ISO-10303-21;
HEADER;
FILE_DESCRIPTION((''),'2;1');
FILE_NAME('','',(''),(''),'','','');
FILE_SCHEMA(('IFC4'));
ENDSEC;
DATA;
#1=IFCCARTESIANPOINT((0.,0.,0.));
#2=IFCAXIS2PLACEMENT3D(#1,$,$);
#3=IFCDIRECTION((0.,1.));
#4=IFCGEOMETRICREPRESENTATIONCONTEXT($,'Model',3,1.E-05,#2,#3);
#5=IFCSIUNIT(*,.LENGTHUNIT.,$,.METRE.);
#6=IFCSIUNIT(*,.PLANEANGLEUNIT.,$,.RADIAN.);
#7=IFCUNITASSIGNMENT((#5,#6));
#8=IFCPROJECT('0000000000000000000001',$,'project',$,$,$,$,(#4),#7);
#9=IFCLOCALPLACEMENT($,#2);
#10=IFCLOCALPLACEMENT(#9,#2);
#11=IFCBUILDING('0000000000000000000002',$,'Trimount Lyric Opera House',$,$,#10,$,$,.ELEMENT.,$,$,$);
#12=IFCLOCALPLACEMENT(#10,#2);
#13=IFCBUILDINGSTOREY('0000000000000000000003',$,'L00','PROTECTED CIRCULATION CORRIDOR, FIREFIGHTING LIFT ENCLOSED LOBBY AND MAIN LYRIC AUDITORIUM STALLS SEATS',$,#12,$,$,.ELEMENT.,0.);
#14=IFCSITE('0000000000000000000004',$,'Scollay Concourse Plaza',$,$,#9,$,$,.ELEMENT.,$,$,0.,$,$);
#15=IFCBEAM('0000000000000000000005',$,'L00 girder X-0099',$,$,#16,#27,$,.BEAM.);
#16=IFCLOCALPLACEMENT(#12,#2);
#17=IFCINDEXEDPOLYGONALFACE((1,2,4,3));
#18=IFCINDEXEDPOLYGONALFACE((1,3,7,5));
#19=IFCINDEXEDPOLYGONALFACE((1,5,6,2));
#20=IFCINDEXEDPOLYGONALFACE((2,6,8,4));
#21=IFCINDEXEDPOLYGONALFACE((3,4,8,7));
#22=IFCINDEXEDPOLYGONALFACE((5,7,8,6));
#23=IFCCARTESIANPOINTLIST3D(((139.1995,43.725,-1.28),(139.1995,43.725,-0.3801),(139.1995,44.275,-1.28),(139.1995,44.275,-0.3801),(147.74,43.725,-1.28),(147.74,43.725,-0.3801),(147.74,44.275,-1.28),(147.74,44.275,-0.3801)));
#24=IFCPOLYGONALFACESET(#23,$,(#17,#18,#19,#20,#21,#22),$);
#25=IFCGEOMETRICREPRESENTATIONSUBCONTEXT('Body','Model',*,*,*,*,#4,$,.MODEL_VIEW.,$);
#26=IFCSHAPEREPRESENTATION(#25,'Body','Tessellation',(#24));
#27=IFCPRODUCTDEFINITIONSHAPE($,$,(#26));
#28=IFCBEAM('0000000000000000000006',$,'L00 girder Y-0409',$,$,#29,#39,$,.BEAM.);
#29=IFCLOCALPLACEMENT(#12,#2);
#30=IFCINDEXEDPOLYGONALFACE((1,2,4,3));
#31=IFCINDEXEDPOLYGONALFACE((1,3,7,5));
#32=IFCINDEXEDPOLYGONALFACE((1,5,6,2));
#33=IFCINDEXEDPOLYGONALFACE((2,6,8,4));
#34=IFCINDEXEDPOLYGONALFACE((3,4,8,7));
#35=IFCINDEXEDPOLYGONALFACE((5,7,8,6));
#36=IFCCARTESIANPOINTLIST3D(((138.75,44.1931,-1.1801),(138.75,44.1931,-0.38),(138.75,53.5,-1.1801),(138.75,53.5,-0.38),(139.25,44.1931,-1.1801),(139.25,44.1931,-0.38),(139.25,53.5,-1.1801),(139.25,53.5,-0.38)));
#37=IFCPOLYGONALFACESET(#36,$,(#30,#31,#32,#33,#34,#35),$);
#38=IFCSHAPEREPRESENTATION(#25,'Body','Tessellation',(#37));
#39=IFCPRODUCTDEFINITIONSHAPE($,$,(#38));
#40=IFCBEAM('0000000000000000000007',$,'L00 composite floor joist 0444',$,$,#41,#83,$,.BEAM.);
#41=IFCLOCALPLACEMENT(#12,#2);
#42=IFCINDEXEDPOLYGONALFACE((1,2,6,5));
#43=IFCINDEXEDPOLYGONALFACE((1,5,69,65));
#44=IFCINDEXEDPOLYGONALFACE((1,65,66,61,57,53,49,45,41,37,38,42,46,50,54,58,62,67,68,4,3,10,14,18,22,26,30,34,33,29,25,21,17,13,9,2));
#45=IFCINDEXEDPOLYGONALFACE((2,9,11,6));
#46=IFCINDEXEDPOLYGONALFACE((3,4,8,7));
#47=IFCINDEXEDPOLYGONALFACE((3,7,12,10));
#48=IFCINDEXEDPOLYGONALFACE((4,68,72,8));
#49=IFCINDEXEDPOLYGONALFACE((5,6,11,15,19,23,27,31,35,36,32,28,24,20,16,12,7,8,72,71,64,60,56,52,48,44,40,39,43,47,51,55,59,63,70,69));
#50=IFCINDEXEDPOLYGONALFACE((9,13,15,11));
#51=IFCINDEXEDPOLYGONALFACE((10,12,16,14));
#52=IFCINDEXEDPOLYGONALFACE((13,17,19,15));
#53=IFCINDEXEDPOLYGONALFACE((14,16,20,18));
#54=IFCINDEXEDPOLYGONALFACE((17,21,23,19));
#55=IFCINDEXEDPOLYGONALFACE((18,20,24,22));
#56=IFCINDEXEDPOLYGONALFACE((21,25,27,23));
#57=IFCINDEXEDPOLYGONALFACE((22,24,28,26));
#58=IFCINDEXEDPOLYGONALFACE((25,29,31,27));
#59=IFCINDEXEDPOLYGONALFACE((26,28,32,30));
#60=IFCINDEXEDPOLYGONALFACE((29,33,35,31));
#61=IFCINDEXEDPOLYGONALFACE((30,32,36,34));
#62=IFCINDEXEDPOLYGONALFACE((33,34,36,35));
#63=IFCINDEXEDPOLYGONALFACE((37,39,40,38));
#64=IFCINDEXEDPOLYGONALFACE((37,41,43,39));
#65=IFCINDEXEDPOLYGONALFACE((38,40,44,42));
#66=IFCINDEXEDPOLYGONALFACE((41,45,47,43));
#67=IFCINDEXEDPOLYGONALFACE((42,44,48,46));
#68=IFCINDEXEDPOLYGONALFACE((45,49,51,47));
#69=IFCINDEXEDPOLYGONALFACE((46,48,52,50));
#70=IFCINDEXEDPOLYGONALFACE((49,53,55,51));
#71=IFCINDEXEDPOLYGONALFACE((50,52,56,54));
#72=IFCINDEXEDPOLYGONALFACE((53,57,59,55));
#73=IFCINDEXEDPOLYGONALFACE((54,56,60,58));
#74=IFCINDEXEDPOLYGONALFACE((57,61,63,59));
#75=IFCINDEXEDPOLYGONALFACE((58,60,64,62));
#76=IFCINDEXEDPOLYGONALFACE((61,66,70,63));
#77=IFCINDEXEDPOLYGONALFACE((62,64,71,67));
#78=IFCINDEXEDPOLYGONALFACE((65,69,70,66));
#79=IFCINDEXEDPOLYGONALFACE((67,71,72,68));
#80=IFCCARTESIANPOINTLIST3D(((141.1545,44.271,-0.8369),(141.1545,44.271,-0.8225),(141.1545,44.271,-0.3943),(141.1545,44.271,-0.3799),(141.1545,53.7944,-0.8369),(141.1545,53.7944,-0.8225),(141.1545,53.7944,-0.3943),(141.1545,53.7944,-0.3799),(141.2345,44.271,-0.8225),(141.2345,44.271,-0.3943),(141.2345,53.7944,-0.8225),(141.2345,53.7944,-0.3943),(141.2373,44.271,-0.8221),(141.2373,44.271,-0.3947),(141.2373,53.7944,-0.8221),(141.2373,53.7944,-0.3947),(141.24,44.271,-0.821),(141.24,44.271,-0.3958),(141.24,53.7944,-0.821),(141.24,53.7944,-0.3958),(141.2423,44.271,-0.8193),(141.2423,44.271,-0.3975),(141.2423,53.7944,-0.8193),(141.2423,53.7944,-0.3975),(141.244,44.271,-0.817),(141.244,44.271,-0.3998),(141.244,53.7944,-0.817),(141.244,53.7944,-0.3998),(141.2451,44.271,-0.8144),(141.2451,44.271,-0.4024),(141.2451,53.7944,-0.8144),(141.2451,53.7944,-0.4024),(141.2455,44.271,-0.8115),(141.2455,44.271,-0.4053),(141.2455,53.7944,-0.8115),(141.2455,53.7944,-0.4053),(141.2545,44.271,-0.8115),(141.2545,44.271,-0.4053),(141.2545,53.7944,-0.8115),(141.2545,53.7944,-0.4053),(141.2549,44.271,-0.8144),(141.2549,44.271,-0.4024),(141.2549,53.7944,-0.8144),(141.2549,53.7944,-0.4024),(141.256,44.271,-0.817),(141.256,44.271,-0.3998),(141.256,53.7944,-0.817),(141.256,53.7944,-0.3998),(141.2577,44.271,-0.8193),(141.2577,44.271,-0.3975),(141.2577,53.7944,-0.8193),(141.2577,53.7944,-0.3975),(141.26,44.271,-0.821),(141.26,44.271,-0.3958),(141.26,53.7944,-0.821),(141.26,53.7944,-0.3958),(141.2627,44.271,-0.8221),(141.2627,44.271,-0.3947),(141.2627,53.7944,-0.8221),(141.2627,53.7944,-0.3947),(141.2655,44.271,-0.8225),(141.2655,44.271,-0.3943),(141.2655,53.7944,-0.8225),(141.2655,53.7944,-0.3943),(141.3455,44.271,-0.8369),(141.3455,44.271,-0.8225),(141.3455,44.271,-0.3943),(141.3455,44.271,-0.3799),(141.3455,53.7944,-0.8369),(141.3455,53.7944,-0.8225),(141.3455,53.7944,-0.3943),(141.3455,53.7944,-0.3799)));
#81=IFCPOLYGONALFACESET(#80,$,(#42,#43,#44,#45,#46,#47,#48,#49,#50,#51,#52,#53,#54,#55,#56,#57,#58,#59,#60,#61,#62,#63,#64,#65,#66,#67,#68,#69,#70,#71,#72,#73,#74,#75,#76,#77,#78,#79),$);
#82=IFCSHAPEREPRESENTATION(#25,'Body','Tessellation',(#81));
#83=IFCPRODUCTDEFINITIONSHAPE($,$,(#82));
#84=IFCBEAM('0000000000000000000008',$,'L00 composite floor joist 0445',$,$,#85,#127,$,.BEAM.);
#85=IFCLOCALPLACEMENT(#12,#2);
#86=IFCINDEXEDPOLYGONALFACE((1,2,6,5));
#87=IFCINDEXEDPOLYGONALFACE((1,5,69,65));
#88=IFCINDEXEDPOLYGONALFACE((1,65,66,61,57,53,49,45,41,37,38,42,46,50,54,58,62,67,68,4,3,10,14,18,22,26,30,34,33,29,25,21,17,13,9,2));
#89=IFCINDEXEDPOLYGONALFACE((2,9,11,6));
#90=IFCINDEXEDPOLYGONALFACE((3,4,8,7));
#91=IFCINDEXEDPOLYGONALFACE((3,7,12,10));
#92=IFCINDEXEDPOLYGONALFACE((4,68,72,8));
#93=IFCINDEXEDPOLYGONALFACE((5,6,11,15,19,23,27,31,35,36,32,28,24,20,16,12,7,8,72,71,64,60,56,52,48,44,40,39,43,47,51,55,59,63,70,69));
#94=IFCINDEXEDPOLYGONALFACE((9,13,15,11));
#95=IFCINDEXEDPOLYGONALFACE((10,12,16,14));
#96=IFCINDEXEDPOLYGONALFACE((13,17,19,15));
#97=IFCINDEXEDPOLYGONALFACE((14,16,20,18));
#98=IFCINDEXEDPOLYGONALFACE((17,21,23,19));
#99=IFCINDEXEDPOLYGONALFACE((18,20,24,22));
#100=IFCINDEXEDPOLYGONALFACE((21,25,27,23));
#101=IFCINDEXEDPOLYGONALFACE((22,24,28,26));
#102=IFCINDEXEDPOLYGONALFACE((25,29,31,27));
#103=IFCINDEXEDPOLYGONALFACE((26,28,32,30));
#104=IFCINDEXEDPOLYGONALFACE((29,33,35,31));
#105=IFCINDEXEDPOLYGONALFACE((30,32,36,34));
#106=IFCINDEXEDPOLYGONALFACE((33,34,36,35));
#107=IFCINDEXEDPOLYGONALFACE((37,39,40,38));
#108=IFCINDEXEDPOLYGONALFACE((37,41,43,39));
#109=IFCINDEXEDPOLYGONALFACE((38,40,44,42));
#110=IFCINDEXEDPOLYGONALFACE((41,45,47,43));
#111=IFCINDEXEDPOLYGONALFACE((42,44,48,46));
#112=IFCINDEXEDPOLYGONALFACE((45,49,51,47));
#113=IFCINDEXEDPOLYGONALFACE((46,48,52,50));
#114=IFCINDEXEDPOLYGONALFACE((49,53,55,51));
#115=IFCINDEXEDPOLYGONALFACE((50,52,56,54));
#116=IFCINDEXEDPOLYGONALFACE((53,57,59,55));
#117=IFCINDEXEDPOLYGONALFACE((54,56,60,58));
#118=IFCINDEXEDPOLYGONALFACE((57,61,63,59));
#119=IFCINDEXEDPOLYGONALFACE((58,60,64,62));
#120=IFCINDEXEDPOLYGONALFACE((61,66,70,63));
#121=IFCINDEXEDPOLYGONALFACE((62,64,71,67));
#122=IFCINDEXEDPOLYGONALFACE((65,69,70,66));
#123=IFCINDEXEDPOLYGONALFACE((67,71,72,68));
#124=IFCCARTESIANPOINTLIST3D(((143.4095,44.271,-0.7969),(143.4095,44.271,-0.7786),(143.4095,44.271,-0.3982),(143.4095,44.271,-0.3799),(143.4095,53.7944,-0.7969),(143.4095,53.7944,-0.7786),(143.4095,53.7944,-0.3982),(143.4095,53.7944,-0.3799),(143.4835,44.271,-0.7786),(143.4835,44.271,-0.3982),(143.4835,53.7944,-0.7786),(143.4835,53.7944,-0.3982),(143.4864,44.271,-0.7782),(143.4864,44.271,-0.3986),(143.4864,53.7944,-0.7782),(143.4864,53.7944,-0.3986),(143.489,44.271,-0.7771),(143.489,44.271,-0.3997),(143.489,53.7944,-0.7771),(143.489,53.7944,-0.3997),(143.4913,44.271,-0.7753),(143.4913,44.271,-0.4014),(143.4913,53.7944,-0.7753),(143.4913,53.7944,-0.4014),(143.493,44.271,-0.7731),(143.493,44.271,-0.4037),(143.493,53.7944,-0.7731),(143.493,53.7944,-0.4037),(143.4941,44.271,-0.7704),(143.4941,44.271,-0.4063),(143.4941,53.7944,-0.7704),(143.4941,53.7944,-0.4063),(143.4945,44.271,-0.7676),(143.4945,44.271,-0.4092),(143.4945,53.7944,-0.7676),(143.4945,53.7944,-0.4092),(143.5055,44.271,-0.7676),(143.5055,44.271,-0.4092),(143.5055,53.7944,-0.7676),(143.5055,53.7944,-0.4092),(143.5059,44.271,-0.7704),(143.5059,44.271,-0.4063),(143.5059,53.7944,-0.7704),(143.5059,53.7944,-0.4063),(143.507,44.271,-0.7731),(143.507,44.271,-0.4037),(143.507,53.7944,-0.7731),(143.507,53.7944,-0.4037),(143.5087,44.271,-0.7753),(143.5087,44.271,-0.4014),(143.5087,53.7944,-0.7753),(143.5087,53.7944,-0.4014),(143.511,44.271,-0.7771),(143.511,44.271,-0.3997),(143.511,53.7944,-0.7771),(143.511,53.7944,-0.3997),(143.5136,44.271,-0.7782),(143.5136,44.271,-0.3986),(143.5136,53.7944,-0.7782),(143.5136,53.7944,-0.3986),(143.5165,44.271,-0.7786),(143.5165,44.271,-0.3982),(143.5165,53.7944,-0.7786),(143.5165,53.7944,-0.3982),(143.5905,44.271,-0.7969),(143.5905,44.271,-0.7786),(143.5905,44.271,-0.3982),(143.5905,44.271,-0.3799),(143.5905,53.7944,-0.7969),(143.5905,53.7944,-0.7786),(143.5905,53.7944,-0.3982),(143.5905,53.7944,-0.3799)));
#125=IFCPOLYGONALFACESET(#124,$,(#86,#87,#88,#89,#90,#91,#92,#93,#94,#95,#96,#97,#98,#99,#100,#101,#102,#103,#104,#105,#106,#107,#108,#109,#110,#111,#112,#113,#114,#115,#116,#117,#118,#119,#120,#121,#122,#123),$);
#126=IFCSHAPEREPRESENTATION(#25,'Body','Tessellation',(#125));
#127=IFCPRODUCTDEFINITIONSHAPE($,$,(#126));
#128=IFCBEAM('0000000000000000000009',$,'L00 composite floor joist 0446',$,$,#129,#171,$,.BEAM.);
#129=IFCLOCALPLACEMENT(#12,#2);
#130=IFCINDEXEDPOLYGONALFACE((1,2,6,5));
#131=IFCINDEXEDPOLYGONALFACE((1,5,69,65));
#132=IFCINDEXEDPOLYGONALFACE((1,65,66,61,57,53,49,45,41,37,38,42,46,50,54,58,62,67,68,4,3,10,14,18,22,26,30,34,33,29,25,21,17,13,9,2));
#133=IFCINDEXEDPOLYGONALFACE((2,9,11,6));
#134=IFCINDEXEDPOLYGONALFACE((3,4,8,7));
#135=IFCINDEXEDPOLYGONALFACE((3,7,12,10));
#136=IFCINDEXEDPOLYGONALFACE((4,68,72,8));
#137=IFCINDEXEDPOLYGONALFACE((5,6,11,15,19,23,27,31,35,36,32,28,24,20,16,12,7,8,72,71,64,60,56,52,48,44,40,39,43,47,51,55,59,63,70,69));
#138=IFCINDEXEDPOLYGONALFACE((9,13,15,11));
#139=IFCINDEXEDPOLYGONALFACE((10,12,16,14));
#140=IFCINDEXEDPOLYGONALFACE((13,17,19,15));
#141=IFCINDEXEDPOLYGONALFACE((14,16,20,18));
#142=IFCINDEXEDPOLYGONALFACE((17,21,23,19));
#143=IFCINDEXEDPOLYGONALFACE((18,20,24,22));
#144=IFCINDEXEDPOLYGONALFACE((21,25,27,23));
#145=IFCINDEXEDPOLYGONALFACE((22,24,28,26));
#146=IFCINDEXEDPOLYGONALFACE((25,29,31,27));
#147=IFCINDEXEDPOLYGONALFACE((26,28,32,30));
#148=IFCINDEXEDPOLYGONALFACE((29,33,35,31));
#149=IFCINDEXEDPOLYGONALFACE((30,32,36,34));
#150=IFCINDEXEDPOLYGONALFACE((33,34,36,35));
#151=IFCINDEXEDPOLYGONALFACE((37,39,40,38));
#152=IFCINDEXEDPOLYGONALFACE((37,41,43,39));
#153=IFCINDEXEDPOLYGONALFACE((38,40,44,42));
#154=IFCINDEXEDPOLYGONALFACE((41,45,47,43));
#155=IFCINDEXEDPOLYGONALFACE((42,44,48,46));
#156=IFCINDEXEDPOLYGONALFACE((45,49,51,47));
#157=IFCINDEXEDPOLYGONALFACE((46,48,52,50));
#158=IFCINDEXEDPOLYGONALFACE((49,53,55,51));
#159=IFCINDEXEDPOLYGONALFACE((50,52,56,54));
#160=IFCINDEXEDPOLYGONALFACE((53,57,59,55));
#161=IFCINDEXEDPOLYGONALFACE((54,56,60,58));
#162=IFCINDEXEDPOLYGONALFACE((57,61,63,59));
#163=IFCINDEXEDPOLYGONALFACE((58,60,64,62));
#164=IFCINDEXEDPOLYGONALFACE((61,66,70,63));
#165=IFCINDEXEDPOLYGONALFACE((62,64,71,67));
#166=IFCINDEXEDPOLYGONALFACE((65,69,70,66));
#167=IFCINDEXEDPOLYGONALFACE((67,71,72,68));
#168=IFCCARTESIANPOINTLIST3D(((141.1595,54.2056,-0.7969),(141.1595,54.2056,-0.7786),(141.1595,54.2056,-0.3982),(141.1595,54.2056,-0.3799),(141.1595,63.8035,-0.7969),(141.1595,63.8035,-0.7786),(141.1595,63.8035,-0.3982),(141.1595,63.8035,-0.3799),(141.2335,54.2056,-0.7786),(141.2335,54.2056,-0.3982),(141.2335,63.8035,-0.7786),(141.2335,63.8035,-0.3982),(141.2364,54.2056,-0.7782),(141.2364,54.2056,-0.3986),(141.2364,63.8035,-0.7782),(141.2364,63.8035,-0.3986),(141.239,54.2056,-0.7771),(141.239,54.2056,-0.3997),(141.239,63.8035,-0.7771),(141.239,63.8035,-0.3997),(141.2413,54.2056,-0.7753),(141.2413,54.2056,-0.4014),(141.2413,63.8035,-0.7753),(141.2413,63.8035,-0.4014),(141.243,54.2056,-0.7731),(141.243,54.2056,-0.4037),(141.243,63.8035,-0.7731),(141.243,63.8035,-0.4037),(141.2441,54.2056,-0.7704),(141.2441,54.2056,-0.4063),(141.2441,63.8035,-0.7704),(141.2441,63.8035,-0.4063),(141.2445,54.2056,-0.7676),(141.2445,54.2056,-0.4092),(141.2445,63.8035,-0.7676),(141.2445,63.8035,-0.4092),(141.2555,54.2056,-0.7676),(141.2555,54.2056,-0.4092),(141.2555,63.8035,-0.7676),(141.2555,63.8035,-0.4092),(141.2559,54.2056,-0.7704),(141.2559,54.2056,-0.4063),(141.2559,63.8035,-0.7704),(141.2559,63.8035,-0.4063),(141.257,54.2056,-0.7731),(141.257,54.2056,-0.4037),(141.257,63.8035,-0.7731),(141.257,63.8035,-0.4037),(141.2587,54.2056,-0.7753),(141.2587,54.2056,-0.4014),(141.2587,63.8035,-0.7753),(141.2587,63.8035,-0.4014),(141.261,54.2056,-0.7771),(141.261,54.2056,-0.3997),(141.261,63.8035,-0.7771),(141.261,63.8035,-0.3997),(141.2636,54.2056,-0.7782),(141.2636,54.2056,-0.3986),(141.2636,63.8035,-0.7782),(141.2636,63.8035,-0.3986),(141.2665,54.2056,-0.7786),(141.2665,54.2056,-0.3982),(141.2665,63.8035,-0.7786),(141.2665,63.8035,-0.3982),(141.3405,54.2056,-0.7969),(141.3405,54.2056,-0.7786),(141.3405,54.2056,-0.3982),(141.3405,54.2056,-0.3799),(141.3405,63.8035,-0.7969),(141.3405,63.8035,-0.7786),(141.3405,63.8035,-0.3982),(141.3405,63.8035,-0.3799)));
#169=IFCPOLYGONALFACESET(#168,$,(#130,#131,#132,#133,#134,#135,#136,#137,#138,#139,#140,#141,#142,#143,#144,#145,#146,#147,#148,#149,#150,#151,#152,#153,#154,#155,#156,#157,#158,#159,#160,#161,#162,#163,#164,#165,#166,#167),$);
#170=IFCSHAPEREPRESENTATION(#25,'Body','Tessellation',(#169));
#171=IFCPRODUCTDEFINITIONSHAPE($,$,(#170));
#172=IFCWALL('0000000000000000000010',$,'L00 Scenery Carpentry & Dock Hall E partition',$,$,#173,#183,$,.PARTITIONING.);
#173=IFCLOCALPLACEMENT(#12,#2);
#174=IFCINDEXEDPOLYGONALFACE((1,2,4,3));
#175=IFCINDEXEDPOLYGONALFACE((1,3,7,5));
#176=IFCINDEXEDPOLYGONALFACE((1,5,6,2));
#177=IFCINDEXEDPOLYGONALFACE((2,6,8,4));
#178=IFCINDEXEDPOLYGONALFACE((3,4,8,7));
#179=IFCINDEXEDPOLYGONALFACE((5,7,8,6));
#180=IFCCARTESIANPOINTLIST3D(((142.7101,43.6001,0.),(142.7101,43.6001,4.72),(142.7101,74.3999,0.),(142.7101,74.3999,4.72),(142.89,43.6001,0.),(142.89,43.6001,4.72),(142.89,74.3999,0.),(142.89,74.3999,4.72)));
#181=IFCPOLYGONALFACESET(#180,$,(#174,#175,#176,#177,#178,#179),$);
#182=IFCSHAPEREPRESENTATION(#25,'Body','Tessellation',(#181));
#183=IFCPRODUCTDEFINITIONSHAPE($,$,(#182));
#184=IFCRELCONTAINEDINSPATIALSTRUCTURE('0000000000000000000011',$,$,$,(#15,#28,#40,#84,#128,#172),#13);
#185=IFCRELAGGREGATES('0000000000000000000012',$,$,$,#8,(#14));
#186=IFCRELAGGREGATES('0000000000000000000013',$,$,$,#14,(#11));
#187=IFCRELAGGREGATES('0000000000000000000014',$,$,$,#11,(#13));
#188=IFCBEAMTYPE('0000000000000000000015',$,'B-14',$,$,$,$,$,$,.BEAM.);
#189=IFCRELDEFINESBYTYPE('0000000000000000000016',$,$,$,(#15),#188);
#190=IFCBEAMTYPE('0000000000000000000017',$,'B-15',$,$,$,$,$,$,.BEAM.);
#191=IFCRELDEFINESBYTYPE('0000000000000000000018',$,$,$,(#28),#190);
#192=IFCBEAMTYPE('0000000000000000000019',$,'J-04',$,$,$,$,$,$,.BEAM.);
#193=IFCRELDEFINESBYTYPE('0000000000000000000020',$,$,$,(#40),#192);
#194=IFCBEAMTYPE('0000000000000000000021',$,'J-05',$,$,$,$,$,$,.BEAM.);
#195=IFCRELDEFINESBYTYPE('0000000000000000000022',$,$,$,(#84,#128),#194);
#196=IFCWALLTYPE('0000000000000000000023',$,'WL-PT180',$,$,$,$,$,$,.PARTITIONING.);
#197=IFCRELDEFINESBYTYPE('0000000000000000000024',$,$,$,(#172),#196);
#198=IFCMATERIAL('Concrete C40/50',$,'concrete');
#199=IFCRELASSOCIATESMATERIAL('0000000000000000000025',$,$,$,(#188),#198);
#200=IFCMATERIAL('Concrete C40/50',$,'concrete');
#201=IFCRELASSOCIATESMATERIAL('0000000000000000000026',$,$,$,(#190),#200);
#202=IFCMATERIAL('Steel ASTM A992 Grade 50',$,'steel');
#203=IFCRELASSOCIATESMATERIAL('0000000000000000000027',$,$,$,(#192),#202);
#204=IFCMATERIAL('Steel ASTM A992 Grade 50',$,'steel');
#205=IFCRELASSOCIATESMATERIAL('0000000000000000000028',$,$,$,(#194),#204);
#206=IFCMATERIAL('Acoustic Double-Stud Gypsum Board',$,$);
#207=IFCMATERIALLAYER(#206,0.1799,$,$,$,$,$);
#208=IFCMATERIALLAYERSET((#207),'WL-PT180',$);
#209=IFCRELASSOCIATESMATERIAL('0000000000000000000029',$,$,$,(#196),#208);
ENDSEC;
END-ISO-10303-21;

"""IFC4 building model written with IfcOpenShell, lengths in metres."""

from ifc_helpers import new_model, si_unit, direction, frame, frame_2d, origin, origin_2d, place, context, subcontext, project, spatial, rectangle, i_section, extrude, material, layer, layer_set, material_profile, profile_set, type_object, element, save


model = new_model("IFC4")

# Units and contexts
model_context = context("Model", 3, precision=1e-05, world=origin(), true_north=direction((0.0, 1.0)))
body_context = subcontext(model_context, "Body", "Model", "MODEL_VIEW")
ifc_project = project(units=[si_unit("LENGTHUNIT", "METRE"), si_unit("PLANEANGLEUNIT", "RADIAN")], contexts=[model_context])

# Site, building, storey
site_placement = place(None, origin())
site = spatial("IfcSite", under=ifc_project, at=site_placement, Name="Scollay Concourse Plaza", CompositionType="ELEMENT", RefElevation=0.0)
building_placement = place(site_placement, origin())
building = spatial("IfcBuilding", under=site, at=building_placement, Name="Trimount Lyric Opera House", CompositionType="ELEMENT")
storey_placement = place(building_placement, origin())
storey = spatial("IfcBuildingStorey", under=building, at=storey_placement, Name="L00", Description="PROTECTED CIRCULATION CORRIDOR, FIREFIGHTING LIFT ENCLOSED LOBBY AND MAIN LYRIC AUDITORIUM STALLS SEATS", CompositionType="ELEMENT", Elevation=0.0)

# Beams
ifc_material_1 = material(Name="Concrete C40/50", Category="concrete")
ifc_material_profile_1 = material_profile(ifc_material_1, rectangle(XDim=0.55, YDim=0.8999, at=origin_2d()), Name="RC550X900")
ifc_profile_set_1 = profile_set([ifc_material_profile_1], Name="Concrete C40/50")
beam_type_1 = type_object("IfcBeamType", Name="B-14", PredefinedType="BEAM", material=ifc_profile_set_1)
beam_1_placement = place(storey_placement, frame((139.1995, 44.0, -0.8301), z_axis=(1.0, 0.0, 0.0), x_axis=(0.0, 1.0, 0.0)))
element("IfcBeam", 1, at=beam_1_placement, inside=storey, type_object=beam_type_1, Name="L00 girder X-0099", PredefinedType="BEAM", context=body_context, shape_type="SweptSolid", body=[
    extrude(rectangle(XDim=0.55, YDim=0.8999, at=origin_2d()), origin(), (0.0, 0.0, 1.0), 8.5405),
])
ifc_material_2 = material(Name="Concrete C40/50", Category="concrete")
ifc_material_profile_2 = material_profile(ifc_material_2, rectangle(XDim=0.5, YDim=0.8, at=origin_2d()), Name="RC500X800")
ifc_profile_set_2 = profile_set([ifc_material_profile_2], Name="Concrete C40/50")
beam_type_2 = type_object("IfcBeamType", Name="B-15", PredefinedType="BEAM", material=ifc_profile_set_2)
beam_2_placement = place(storey_placement, frame((139.0, 44.1931, -0.78), z_axis=(0.0, 1.0, 0.0), x_axis=(-1.0, 0.0, 0.0)))
element("IfcBeam", 2, at=beam_2_placement, inside=storey, type_object=beam_type_2, Name="L00 girder Y-0409", PredefinedType="BEAM", context=body_context, shape_type="SweptSolid", body=[
    extrude(rectangle(XDim=0.5, YDim=0.8, at=origin_2d()), origin(), (0.0, 0.0, 1.0), 9.3069),
])
ifc_material_3 = material(Name="Steel ASTM A992 Grade 50", Category="steel")
ifc_material_profile_3 = material_profile(ifc_material_3, i_section(OverallWidth=0.1909, OverallDepth=0.457, WebThickness=0.009, FlangeThickness=0.0144, FilletRadius=0.011, at=origin_2d()), Name="W18X50")
ifc_profile_set_3 = profile_set([ifc_material_profile_3], Name="Steel ASTM A992 Grade 50")
beam_type_3 = type_object("IfcBeamType", Name="J-04", PredefinedType="BEAM", material=ifc_profile_set_3)
beam_3_placement = place(storey_placement, frame((141.25, 44.271, -0.6084), z_axis=(0.0, 1.0, 0.0), x_axis=(-1.0, 0.0, 0.0)))
element("IfcBeam", 3, at=beam_3_placement, inside=storey, type_object=beam_type_3, Name="L00 composite floor joist 0444", PredefinedType="BEAM", context=body_context, shape_type="SweptSolid", body=[
    extrude(i_section(OverallWidth=0.1909, OverallDepth=0.457, WebThickness=0.009, FlangeThickness=0.0144, FilletRadius=0.011, at=origin_2d()), origin(), (0.0, 0.0, 1.0), 9.5234),
])
ifc_material_4 = material(Name="Steel ASTM A992 Grade 50", Category="steel")
ifc_material_profile_4 = material_profile(ifc_material_4, i_section(OverallWidth=0.1809, OverallDepth=0.417, WebThickness=0.011, FlangeThickness=0.0183, FilletRadius=0.011, at=origin_2d()), Name="W16X57")
ifc_profile_set_4 = profile_set([ifc_material_profile_4], Name="Steel ASTM A992 Grade 50")
beam_type_4 = type_object("IfcBeamType", Name="J-05", PredefinedType="BEAM", material=ifc_profile_set_4)
beam_4_placement = place(storey_placement, frame((143.5, 44.271, -0.5884), z_axis=(0.0, 1.0, 0.0), x_axis=(-1.0, 0.0, 0.0)))
element("IfcBeam", 4, at=beam_4_placement, inside=storey, type_object=beam_type_4, Name="L00 composite floor joist 0445", PredefinedType="BEAM", context=body_context, shape_type="SweptSolid", body=[
    extrude(i_section(OverallWidth=0.1809, OverallDepth=0.417, WebThickness=0.011, FlangeThickness=0.0183, FilletRadius=0.011, at=origin_2d()), origin(), (0.0, 0.0, 1.0), 9.5234),
])
beam_5_placement = place(storey_placement, frame((141.25, 54.2056, -0.5884), z_axis=(0.0, 1.0, 0.0), x_axis=(-1.0, 0.0, 0.0)))
element("IfcBeam", 5, at=beam_5_placement, inside=storey, type_object=beam_type_4, Name="L00 composite floor joist 0446", PredefinedType="BEAM", context=body_context, shape_type="SweptSolid", body=[
    extrude(i_section(OverallWidth=0.1809, OverallDepth=0.417, WebThickness=0.011, FlangeThickness=0.0183, FilletRadius=0.011, at=origin_2d()), origin(), (0.0, 0.0, 1.0), 9.5979),
])

# Wall
ifc_material_5 = material(Name="Acoustic Double-Stud Gypsum Board")
ifc_layer_1 = layer(ifc_material_5, 0.1799)
ifc_layer_set_1 = layer_set([ifc_layer_1], Name="WL-PT180")
wall_type_1 = type_object("IfcWallType", Name="WL-PT180", PredefinedType="PARTITIONING", material=ifc_layer_set_1)
wall_1_placement = place(storey_placement, frame((142.8, 43.6001, 0.0), z_axis=(0.0, 0.0, 1.0), x_axis=(0.0, 1.0, 0.0)))
element("IfcWall", 6, at=wall_1_placement, inside=storey, type_object=wall_type_1, Name="L00 Scenery Carpentry & Dock Hall E partition", PredefinedType="PARTITIONING", context=body_context, shape_type="SweptSolid", body=[
    extrude(rectangle(XDim=30.7998, YDim=0.1799, at=frame_2d((15.3999, 0.0))), origin(), (0.0, 0.0, 1.0), 4.72),
])

save(model, "model.ifc")
